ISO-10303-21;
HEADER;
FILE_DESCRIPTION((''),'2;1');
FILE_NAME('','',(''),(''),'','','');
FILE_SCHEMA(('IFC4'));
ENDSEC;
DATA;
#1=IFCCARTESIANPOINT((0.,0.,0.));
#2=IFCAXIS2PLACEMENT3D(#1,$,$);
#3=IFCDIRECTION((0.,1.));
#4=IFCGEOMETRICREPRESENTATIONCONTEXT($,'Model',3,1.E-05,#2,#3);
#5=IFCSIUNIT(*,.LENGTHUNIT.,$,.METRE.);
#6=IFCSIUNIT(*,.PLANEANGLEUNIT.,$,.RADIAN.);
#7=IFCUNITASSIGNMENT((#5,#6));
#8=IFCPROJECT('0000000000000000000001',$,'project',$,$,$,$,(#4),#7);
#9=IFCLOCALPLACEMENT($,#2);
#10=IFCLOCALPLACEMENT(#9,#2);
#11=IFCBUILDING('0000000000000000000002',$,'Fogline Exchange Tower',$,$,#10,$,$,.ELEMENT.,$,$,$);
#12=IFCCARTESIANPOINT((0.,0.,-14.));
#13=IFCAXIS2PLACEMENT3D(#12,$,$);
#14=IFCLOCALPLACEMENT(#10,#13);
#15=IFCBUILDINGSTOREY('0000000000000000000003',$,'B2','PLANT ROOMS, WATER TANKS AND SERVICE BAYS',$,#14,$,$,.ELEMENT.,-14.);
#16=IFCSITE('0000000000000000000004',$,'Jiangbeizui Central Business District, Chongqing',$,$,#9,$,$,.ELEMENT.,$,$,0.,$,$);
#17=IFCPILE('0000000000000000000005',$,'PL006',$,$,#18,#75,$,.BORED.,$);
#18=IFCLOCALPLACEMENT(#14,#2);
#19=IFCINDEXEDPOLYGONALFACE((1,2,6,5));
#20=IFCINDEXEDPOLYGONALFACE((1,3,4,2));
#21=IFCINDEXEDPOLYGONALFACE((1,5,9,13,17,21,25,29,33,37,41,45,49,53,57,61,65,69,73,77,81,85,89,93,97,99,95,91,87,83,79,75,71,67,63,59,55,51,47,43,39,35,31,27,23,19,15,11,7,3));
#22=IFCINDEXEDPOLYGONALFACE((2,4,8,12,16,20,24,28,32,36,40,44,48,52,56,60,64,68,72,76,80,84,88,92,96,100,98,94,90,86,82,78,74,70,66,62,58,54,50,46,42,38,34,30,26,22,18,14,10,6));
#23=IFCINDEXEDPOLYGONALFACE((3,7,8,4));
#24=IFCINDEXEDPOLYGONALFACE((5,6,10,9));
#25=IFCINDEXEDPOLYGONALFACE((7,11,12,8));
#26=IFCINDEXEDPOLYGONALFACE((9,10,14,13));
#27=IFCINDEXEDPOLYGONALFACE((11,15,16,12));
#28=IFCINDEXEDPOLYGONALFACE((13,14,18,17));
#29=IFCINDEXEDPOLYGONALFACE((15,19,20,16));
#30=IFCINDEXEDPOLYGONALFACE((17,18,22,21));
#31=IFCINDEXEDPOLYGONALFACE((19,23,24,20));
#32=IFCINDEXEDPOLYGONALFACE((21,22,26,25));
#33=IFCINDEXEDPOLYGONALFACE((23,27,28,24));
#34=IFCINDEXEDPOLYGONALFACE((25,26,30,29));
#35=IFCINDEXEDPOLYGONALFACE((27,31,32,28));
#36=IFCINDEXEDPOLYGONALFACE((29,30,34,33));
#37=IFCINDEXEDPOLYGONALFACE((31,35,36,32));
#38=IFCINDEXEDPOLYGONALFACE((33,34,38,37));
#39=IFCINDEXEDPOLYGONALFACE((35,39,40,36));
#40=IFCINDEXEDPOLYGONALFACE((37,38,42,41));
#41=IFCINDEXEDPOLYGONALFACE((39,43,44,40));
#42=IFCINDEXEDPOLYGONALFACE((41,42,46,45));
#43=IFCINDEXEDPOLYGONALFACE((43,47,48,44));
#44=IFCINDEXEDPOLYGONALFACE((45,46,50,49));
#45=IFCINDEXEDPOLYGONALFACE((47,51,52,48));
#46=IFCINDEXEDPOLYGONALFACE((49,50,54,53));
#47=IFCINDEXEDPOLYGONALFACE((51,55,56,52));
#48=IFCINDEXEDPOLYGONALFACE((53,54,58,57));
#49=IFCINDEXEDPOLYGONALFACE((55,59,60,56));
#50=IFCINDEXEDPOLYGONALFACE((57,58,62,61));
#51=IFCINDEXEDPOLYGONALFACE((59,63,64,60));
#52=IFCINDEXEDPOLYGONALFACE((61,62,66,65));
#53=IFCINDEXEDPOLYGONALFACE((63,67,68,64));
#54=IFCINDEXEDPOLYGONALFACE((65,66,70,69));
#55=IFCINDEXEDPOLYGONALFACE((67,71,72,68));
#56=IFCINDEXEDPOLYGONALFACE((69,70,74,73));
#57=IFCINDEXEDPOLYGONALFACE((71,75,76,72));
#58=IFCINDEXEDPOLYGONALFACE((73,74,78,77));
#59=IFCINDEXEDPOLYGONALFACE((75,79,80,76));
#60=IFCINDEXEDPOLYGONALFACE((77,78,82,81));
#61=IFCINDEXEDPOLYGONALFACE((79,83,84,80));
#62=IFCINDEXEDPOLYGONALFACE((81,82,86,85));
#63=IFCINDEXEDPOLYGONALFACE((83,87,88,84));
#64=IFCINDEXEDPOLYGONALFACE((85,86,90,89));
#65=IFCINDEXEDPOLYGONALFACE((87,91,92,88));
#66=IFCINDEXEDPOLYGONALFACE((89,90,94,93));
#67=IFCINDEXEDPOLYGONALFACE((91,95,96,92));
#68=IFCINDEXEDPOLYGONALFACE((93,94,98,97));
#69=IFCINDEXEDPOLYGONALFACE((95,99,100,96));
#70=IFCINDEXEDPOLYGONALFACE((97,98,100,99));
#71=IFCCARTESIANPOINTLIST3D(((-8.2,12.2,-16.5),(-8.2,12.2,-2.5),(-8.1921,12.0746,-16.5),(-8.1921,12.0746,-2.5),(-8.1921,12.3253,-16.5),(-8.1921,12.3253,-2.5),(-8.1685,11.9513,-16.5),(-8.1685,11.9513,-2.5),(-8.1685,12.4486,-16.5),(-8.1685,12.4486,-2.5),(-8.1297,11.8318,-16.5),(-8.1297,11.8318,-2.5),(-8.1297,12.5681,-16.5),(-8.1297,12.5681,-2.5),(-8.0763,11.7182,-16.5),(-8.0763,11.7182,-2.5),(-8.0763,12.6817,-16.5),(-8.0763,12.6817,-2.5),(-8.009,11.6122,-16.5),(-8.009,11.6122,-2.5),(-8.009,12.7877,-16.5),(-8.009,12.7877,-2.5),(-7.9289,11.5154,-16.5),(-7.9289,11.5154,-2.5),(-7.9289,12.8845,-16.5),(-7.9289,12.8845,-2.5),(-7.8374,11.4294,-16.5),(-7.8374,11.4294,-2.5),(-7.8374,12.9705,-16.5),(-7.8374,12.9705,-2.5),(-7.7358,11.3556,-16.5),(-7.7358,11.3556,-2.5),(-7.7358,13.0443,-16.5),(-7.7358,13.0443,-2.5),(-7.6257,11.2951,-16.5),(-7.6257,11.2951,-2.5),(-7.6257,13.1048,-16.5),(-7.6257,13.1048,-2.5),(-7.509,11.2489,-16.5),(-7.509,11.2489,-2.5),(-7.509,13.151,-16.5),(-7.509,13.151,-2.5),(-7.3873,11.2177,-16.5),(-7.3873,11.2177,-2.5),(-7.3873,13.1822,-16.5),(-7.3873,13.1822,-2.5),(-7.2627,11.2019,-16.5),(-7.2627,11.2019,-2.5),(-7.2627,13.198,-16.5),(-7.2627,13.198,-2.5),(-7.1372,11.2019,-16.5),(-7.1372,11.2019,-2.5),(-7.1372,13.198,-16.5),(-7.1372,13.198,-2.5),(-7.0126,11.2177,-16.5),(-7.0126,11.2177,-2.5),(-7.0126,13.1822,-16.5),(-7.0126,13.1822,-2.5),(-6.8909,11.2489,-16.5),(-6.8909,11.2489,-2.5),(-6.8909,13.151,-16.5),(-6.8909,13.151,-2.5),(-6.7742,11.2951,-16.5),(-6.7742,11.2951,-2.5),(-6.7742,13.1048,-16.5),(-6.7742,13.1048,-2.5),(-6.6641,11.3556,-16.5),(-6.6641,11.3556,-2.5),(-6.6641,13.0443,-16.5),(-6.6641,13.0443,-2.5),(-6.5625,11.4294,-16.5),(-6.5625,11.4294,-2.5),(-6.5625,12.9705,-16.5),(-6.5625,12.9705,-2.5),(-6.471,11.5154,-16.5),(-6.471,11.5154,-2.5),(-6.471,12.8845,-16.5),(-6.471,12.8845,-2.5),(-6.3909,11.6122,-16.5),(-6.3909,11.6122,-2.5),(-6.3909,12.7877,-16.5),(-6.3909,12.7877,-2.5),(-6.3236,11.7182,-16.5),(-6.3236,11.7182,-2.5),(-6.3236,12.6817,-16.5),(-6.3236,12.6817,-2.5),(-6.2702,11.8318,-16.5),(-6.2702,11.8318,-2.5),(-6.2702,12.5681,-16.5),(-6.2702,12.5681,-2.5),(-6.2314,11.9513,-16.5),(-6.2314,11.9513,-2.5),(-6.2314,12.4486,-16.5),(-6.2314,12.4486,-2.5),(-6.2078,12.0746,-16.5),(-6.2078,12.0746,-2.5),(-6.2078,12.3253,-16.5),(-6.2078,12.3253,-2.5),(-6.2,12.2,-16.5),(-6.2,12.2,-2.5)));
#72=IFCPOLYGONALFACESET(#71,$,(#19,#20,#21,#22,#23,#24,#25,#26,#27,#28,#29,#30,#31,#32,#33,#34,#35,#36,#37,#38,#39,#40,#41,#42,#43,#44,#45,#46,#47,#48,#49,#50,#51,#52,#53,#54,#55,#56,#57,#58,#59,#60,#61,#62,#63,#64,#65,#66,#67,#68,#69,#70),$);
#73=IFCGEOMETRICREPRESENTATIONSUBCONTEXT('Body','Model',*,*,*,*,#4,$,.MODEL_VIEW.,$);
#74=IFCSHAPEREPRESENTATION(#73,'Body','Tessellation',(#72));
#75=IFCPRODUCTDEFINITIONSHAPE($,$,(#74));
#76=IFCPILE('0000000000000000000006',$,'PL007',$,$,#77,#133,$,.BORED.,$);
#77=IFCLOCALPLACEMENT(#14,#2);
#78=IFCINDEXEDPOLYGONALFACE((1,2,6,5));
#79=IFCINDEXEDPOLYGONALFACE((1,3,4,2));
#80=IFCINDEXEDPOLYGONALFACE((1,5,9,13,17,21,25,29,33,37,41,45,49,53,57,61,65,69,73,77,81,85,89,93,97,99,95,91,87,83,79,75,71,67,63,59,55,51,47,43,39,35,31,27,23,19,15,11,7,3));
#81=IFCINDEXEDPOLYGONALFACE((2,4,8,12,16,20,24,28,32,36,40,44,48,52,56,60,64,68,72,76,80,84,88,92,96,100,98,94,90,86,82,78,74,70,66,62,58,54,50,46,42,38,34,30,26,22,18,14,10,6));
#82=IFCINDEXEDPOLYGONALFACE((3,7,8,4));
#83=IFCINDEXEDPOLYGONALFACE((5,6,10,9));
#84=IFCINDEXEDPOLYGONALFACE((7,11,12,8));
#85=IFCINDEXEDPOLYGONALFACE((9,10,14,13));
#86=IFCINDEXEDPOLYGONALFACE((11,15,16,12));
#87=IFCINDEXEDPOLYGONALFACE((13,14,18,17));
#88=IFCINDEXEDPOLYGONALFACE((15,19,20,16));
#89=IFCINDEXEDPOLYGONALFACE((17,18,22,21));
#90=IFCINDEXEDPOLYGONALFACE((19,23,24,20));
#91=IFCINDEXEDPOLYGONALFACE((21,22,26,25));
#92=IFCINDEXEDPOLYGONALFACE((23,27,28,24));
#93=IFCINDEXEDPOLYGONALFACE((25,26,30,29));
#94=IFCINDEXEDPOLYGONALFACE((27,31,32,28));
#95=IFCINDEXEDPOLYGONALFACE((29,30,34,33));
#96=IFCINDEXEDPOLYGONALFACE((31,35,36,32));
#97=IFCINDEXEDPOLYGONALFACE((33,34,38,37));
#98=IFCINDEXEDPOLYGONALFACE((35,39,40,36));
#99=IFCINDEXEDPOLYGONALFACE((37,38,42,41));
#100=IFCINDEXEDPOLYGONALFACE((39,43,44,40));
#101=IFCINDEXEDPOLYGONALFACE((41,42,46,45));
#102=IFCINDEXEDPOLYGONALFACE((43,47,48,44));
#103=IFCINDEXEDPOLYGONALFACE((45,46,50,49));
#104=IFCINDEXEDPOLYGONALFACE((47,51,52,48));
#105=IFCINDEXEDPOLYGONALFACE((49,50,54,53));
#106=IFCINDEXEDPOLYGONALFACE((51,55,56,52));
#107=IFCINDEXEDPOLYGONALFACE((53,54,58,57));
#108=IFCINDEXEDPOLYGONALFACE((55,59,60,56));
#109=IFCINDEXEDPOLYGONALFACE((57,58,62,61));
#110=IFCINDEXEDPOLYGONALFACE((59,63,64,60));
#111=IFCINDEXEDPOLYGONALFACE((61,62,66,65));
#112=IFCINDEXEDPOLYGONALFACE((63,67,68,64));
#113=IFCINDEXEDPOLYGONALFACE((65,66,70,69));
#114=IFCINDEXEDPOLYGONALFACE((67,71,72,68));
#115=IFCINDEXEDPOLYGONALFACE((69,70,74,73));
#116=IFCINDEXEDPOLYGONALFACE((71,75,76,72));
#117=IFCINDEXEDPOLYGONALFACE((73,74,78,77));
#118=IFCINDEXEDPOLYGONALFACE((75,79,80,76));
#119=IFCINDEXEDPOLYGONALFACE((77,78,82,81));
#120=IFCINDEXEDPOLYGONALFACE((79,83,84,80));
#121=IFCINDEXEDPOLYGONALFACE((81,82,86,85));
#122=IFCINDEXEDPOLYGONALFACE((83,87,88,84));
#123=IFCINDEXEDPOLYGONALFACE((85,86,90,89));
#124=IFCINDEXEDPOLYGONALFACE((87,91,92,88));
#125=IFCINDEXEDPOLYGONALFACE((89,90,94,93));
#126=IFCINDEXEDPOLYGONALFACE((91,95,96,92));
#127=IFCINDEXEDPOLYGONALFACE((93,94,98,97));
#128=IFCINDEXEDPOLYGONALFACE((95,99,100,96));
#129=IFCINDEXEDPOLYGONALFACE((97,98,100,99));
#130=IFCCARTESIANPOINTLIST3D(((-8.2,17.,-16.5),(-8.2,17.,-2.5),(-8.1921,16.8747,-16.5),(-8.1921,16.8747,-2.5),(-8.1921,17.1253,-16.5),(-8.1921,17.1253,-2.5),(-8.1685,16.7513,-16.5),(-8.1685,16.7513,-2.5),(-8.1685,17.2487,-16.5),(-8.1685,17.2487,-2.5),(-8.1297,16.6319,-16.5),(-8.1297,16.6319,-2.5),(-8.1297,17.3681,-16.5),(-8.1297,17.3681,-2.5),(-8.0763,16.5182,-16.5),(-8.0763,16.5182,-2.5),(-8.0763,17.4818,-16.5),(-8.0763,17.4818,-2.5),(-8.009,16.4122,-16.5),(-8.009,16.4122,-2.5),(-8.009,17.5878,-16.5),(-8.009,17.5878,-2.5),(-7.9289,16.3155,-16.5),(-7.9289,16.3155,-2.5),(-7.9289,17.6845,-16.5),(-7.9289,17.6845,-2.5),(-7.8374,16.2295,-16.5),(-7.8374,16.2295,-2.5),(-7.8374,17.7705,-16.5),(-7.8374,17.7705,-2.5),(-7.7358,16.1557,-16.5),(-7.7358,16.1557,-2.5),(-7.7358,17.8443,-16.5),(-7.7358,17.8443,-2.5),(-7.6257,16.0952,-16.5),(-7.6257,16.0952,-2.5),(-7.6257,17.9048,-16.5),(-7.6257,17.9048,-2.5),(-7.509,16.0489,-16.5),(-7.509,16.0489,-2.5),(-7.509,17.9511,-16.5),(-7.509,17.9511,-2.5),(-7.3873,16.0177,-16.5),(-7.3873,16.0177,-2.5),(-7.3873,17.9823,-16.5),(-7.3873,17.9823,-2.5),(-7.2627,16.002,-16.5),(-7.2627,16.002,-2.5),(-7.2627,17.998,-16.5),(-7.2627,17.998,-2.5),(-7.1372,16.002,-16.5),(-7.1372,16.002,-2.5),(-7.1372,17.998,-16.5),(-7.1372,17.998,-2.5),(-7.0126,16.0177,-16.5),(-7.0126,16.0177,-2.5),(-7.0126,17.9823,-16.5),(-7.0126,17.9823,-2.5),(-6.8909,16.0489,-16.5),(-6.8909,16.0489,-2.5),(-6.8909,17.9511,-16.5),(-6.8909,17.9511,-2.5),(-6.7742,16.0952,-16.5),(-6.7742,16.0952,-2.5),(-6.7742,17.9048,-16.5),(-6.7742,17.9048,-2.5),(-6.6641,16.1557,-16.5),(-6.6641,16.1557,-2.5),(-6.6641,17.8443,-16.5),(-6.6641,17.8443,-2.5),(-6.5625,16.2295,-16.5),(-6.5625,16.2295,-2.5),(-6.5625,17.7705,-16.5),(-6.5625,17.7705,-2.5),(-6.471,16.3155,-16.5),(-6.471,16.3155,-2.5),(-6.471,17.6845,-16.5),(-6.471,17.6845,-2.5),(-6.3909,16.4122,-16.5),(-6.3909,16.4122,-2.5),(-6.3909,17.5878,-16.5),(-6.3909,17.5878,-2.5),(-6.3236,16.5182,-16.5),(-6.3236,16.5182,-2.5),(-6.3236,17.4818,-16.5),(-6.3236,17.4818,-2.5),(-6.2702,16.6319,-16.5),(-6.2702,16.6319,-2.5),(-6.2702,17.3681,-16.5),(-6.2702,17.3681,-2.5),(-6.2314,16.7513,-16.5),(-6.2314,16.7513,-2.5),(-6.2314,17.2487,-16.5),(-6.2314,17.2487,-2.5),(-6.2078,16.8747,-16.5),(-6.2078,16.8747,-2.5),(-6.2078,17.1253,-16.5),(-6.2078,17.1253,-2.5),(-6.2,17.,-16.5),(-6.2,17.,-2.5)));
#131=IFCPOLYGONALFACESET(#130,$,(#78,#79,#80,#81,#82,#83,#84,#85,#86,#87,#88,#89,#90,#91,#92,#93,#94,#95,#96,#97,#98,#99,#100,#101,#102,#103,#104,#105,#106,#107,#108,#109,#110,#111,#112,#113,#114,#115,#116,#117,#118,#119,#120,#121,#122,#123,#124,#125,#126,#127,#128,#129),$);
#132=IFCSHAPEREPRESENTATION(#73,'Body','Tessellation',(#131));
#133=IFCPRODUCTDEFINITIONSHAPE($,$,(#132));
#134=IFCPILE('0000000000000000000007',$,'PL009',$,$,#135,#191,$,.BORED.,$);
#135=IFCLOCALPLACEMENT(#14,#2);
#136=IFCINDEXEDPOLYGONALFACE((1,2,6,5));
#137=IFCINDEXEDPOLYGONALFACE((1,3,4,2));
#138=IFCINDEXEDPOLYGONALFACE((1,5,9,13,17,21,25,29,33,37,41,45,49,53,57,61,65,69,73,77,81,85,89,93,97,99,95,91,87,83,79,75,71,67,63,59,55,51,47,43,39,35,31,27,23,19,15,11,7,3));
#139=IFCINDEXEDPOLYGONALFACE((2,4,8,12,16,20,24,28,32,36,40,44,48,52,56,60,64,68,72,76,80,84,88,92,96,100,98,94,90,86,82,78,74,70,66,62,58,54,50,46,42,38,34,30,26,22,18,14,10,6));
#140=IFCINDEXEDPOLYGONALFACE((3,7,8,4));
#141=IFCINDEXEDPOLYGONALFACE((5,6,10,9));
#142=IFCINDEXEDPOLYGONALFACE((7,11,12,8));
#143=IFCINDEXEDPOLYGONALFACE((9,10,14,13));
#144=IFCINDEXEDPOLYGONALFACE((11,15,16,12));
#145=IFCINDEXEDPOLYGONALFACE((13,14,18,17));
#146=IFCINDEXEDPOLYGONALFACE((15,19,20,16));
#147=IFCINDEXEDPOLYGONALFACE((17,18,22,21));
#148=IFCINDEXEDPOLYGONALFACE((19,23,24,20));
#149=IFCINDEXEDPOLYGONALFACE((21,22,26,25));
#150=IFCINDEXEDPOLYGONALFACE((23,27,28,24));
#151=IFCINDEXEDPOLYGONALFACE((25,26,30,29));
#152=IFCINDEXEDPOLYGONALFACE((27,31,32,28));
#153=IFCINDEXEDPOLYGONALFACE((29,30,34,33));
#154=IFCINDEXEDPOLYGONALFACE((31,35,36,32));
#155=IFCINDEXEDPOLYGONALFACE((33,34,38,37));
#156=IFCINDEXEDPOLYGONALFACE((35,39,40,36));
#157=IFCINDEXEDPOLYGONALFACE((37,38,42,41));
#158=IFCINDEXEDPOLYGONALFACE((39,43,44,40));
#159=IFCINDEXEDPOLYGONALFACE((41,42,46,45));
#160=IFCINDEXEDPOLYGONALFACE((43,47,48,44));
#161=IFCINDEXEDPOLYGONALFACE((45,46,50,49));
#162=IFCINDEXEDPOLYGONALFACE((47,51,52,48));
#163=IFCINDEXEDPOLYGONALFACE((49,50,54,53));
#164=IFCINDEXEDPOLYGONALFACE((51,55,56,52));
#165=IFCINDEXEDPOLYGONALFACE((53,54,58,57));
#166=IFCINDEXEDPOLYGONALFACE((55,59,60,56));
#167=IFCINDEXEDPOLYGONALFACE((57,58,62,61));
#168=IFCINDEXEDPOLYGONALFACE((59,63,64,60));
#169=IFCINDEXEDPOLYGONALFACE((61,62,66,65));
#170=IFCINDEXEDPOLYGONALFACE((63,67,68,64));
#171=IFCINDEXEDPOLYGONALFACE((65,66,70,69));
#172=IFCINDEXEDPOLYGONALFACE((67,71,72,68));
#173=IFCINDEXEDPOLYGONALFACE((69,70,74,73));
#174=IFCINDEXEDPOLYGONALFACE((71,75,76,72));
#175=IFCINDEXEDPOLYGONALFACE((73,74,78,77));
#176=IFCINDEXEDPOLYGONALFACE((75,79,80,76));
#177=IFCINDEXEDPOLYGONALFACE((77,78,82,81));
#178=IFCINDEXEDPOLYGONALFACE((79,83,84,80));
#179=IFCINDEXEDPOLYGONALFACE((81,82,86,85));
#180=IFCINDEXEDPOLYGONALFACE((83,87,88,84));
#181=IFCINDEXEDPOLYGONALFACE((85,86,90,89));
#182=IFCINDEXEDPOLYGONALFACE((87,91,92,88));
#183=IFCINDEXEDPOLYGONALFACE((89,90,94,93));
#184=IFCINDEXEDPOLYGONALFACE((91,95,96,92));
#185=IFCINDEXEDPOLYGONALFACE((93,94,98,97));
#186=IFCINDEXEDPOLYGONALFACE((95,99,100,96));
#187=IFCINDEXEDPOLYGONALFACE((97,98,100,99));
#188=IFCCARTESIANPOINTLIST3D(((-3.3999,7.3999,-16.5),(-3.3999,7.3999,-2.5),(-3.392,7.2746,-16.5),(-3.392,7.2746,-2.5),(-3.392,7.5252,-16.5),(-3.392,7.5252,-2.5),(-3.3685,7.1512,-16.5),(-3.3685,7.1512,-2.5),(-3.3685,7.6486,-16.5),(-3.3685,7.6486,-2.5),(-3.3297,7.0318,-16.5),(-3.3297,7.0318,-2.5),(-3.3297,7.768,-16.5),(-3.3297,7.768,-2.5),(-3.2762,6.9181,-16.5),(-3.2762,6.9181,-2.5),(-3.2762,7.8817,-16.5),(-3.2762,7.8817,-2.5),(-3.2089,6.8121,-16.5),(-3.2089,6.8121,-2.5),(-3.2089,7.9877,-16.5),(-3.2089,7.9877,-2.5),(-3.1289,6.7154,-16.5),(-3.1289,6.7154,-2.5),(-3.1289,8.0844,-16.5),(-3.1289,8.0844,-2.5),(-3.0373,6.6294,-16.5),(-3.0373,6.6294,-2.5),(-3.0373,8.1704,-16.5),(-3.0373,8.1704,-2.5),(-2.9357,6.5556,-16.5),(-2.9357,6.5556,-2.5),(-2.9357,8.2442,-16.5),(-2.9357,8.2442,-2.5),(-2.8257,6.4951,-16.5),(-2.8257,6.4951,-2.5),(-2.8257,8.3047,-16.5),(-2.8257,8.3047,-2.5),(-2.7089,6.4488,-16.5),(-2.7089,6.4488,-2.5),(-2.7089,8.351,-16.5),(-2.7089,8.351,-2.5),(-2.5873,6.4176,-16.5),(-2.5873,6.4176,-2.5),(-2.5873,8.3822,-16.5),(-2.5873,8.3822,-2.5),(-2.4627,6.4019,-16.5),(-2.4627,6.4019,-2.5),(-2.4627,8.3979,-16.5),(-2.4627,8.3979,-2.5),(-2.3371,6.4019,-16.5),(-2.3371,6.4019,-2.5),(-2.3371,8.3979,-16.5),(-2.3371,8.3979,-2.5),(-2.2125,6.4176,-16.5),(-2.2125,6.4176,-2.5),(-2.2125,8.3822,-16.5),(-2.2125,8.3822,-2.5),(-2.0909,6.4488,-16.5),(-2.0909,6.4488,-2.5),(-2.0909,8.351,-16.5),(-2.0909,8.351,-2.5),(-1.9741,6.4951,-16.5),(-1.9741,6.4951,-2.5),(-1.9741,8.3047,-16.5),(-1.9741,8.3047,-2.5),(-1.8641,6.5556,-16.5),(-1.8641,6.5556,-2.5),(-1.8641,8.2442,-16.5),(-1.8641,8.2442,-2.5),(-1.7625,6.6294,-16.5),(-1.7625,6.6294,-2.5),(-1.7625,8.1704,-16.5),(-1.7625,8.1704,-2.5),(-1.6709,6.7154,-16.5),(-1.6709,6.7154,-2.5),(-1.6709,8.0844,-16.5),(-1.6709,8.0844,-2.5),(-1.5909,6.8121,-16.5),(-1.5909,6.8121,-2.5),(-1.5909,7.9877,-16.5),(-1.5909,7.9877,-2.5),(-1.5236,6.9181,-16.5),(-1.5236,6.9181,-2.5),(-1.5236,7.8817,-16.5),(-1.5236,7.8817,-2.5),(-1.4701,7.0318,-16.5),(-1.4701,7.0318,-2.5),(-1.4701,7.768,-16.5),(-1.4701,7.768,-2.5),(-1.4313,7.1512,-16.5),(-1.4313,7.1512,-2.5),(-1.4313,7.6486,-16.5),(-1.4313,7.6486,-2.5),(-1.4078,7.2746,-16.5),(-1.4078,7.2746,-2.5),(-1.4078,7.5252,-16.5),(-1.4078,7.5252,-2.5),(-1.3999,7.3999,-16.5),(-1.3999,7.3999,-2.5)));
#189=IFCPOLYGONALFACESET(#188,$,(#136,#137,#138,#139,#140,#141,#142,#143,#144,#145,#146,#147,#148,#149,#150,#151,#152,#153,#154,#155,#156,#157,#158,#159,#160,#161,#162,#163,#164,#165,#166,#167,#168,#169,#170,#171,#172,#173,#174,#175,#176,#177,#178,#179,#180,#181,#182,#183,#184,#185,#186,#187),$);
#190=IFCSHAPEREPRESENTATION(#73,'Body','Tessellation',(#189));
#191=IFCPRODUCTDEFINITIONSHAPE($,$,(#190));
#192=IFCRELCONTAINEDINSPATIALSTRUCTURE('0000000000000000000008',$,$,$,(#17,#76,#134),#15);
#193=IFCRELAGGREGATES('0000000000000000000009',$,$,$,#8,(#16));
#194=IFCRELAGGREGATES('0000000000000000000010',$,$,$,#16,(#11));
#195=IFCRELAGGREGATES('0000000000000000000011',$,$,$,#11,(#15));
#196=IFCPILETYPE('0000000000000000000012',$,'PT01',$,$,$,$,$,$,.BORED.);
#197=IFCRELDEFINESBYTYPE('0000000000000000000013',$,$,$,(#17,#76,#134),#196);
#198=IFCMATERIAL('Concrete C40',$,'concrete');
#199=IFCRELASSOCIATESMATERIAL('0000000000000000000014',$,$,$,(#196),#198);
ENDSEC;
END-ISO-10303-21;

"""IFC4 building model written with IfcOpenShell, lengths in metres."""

from ifc_helpers import new_model, si_unit, direction, frame, origin, origin_2d, place, context, subcontext, project, spatial, circle, extrude, material, material_profile, profile_set, type_object, element, save


model = new_model("IFC4")

# Units and contexts
model_context = context("Model", 3, precision=1e-05, world=origin(), true_north=direction((0.0, 1.0)))
body_context = subcontext(model_context, "Body", "Model", "MODEL_VIEW")
ifc_project = project(units=[si_unit("LENGTHUNIT", "METRE"), si_unit("PLANEANGLEUNIT", "RADIAN")], contexts=[model_context])

# Site, building, storey
site_placement = place(None, origin())
site = spatial("IfcSite", under=ifc_project, at=site_placement, Name="Jiangbeizui Central Business District, Chongqing", CompositionType="ELEMENT", RefElevation=0.0)
building_placement = place(site_placement, origin())
building = spatial("IfcBuilding", under=site, at=building_placement, Name="Fogline Exchange Tower", CompositionType="ELEMENT")
storey_placement = place(building_placement, frame((0.0, 0.0, -14.0)))
storey = spatial("IfcBuildingStorey", under=building, at=storey_placement, Name="B2", Description="PLANT ROOMS, WATER TANKS AND SERVICE BAYS", CompositionType="ELEMENT", Elevation=-14.0)

# Piles
ifc_material_1 = material(Name="Concrete C40", Category="concrete")
ifc_material_profile = material_profile(ifc_material_1, circle(Radius=1.0, at=origin_2d()), Name="RC D2000")
ifc_profile_set = profile_set([ifc_material_profile], Name="Concrete C40")
pile_type = type_object("IfcPileType", Name="PT01", PredefinedType="BORED", material=ifc_profile_set)
for number, where, z_axis, x_axis, name in (
    (1, (-7.2, 12.2, -2.5), (0.0, 0.0, -1.0), (1.0, 0.0, 0.0), "PL006"),
    (2, (-7.2, 17.0, -2.5), (0.0, 0.0, -1.0), (1.0, 0.0, 0.0), "PL007"),
    (3, (-2.3999, 7.3999, -2.5), (0.0, 0.0, -1.0), (1.0, 0.0, 0.0), "PL009"),
):
    element("IfcPile", number, at=place(storey_placement, frame(where, z_axis=z_axis, x_axis=x_axis)), inside=storey, type_object=pile_type, Name=name, PredefinedType="BORED", context=body_context, shape_type="SweptSolid", body=[
        extrude(circle(Radius=1.0, at=origin_2d()), origin(), (0.0, 0.0, 1.0), 14.0),
    ])

save(model, "model.ifc")
